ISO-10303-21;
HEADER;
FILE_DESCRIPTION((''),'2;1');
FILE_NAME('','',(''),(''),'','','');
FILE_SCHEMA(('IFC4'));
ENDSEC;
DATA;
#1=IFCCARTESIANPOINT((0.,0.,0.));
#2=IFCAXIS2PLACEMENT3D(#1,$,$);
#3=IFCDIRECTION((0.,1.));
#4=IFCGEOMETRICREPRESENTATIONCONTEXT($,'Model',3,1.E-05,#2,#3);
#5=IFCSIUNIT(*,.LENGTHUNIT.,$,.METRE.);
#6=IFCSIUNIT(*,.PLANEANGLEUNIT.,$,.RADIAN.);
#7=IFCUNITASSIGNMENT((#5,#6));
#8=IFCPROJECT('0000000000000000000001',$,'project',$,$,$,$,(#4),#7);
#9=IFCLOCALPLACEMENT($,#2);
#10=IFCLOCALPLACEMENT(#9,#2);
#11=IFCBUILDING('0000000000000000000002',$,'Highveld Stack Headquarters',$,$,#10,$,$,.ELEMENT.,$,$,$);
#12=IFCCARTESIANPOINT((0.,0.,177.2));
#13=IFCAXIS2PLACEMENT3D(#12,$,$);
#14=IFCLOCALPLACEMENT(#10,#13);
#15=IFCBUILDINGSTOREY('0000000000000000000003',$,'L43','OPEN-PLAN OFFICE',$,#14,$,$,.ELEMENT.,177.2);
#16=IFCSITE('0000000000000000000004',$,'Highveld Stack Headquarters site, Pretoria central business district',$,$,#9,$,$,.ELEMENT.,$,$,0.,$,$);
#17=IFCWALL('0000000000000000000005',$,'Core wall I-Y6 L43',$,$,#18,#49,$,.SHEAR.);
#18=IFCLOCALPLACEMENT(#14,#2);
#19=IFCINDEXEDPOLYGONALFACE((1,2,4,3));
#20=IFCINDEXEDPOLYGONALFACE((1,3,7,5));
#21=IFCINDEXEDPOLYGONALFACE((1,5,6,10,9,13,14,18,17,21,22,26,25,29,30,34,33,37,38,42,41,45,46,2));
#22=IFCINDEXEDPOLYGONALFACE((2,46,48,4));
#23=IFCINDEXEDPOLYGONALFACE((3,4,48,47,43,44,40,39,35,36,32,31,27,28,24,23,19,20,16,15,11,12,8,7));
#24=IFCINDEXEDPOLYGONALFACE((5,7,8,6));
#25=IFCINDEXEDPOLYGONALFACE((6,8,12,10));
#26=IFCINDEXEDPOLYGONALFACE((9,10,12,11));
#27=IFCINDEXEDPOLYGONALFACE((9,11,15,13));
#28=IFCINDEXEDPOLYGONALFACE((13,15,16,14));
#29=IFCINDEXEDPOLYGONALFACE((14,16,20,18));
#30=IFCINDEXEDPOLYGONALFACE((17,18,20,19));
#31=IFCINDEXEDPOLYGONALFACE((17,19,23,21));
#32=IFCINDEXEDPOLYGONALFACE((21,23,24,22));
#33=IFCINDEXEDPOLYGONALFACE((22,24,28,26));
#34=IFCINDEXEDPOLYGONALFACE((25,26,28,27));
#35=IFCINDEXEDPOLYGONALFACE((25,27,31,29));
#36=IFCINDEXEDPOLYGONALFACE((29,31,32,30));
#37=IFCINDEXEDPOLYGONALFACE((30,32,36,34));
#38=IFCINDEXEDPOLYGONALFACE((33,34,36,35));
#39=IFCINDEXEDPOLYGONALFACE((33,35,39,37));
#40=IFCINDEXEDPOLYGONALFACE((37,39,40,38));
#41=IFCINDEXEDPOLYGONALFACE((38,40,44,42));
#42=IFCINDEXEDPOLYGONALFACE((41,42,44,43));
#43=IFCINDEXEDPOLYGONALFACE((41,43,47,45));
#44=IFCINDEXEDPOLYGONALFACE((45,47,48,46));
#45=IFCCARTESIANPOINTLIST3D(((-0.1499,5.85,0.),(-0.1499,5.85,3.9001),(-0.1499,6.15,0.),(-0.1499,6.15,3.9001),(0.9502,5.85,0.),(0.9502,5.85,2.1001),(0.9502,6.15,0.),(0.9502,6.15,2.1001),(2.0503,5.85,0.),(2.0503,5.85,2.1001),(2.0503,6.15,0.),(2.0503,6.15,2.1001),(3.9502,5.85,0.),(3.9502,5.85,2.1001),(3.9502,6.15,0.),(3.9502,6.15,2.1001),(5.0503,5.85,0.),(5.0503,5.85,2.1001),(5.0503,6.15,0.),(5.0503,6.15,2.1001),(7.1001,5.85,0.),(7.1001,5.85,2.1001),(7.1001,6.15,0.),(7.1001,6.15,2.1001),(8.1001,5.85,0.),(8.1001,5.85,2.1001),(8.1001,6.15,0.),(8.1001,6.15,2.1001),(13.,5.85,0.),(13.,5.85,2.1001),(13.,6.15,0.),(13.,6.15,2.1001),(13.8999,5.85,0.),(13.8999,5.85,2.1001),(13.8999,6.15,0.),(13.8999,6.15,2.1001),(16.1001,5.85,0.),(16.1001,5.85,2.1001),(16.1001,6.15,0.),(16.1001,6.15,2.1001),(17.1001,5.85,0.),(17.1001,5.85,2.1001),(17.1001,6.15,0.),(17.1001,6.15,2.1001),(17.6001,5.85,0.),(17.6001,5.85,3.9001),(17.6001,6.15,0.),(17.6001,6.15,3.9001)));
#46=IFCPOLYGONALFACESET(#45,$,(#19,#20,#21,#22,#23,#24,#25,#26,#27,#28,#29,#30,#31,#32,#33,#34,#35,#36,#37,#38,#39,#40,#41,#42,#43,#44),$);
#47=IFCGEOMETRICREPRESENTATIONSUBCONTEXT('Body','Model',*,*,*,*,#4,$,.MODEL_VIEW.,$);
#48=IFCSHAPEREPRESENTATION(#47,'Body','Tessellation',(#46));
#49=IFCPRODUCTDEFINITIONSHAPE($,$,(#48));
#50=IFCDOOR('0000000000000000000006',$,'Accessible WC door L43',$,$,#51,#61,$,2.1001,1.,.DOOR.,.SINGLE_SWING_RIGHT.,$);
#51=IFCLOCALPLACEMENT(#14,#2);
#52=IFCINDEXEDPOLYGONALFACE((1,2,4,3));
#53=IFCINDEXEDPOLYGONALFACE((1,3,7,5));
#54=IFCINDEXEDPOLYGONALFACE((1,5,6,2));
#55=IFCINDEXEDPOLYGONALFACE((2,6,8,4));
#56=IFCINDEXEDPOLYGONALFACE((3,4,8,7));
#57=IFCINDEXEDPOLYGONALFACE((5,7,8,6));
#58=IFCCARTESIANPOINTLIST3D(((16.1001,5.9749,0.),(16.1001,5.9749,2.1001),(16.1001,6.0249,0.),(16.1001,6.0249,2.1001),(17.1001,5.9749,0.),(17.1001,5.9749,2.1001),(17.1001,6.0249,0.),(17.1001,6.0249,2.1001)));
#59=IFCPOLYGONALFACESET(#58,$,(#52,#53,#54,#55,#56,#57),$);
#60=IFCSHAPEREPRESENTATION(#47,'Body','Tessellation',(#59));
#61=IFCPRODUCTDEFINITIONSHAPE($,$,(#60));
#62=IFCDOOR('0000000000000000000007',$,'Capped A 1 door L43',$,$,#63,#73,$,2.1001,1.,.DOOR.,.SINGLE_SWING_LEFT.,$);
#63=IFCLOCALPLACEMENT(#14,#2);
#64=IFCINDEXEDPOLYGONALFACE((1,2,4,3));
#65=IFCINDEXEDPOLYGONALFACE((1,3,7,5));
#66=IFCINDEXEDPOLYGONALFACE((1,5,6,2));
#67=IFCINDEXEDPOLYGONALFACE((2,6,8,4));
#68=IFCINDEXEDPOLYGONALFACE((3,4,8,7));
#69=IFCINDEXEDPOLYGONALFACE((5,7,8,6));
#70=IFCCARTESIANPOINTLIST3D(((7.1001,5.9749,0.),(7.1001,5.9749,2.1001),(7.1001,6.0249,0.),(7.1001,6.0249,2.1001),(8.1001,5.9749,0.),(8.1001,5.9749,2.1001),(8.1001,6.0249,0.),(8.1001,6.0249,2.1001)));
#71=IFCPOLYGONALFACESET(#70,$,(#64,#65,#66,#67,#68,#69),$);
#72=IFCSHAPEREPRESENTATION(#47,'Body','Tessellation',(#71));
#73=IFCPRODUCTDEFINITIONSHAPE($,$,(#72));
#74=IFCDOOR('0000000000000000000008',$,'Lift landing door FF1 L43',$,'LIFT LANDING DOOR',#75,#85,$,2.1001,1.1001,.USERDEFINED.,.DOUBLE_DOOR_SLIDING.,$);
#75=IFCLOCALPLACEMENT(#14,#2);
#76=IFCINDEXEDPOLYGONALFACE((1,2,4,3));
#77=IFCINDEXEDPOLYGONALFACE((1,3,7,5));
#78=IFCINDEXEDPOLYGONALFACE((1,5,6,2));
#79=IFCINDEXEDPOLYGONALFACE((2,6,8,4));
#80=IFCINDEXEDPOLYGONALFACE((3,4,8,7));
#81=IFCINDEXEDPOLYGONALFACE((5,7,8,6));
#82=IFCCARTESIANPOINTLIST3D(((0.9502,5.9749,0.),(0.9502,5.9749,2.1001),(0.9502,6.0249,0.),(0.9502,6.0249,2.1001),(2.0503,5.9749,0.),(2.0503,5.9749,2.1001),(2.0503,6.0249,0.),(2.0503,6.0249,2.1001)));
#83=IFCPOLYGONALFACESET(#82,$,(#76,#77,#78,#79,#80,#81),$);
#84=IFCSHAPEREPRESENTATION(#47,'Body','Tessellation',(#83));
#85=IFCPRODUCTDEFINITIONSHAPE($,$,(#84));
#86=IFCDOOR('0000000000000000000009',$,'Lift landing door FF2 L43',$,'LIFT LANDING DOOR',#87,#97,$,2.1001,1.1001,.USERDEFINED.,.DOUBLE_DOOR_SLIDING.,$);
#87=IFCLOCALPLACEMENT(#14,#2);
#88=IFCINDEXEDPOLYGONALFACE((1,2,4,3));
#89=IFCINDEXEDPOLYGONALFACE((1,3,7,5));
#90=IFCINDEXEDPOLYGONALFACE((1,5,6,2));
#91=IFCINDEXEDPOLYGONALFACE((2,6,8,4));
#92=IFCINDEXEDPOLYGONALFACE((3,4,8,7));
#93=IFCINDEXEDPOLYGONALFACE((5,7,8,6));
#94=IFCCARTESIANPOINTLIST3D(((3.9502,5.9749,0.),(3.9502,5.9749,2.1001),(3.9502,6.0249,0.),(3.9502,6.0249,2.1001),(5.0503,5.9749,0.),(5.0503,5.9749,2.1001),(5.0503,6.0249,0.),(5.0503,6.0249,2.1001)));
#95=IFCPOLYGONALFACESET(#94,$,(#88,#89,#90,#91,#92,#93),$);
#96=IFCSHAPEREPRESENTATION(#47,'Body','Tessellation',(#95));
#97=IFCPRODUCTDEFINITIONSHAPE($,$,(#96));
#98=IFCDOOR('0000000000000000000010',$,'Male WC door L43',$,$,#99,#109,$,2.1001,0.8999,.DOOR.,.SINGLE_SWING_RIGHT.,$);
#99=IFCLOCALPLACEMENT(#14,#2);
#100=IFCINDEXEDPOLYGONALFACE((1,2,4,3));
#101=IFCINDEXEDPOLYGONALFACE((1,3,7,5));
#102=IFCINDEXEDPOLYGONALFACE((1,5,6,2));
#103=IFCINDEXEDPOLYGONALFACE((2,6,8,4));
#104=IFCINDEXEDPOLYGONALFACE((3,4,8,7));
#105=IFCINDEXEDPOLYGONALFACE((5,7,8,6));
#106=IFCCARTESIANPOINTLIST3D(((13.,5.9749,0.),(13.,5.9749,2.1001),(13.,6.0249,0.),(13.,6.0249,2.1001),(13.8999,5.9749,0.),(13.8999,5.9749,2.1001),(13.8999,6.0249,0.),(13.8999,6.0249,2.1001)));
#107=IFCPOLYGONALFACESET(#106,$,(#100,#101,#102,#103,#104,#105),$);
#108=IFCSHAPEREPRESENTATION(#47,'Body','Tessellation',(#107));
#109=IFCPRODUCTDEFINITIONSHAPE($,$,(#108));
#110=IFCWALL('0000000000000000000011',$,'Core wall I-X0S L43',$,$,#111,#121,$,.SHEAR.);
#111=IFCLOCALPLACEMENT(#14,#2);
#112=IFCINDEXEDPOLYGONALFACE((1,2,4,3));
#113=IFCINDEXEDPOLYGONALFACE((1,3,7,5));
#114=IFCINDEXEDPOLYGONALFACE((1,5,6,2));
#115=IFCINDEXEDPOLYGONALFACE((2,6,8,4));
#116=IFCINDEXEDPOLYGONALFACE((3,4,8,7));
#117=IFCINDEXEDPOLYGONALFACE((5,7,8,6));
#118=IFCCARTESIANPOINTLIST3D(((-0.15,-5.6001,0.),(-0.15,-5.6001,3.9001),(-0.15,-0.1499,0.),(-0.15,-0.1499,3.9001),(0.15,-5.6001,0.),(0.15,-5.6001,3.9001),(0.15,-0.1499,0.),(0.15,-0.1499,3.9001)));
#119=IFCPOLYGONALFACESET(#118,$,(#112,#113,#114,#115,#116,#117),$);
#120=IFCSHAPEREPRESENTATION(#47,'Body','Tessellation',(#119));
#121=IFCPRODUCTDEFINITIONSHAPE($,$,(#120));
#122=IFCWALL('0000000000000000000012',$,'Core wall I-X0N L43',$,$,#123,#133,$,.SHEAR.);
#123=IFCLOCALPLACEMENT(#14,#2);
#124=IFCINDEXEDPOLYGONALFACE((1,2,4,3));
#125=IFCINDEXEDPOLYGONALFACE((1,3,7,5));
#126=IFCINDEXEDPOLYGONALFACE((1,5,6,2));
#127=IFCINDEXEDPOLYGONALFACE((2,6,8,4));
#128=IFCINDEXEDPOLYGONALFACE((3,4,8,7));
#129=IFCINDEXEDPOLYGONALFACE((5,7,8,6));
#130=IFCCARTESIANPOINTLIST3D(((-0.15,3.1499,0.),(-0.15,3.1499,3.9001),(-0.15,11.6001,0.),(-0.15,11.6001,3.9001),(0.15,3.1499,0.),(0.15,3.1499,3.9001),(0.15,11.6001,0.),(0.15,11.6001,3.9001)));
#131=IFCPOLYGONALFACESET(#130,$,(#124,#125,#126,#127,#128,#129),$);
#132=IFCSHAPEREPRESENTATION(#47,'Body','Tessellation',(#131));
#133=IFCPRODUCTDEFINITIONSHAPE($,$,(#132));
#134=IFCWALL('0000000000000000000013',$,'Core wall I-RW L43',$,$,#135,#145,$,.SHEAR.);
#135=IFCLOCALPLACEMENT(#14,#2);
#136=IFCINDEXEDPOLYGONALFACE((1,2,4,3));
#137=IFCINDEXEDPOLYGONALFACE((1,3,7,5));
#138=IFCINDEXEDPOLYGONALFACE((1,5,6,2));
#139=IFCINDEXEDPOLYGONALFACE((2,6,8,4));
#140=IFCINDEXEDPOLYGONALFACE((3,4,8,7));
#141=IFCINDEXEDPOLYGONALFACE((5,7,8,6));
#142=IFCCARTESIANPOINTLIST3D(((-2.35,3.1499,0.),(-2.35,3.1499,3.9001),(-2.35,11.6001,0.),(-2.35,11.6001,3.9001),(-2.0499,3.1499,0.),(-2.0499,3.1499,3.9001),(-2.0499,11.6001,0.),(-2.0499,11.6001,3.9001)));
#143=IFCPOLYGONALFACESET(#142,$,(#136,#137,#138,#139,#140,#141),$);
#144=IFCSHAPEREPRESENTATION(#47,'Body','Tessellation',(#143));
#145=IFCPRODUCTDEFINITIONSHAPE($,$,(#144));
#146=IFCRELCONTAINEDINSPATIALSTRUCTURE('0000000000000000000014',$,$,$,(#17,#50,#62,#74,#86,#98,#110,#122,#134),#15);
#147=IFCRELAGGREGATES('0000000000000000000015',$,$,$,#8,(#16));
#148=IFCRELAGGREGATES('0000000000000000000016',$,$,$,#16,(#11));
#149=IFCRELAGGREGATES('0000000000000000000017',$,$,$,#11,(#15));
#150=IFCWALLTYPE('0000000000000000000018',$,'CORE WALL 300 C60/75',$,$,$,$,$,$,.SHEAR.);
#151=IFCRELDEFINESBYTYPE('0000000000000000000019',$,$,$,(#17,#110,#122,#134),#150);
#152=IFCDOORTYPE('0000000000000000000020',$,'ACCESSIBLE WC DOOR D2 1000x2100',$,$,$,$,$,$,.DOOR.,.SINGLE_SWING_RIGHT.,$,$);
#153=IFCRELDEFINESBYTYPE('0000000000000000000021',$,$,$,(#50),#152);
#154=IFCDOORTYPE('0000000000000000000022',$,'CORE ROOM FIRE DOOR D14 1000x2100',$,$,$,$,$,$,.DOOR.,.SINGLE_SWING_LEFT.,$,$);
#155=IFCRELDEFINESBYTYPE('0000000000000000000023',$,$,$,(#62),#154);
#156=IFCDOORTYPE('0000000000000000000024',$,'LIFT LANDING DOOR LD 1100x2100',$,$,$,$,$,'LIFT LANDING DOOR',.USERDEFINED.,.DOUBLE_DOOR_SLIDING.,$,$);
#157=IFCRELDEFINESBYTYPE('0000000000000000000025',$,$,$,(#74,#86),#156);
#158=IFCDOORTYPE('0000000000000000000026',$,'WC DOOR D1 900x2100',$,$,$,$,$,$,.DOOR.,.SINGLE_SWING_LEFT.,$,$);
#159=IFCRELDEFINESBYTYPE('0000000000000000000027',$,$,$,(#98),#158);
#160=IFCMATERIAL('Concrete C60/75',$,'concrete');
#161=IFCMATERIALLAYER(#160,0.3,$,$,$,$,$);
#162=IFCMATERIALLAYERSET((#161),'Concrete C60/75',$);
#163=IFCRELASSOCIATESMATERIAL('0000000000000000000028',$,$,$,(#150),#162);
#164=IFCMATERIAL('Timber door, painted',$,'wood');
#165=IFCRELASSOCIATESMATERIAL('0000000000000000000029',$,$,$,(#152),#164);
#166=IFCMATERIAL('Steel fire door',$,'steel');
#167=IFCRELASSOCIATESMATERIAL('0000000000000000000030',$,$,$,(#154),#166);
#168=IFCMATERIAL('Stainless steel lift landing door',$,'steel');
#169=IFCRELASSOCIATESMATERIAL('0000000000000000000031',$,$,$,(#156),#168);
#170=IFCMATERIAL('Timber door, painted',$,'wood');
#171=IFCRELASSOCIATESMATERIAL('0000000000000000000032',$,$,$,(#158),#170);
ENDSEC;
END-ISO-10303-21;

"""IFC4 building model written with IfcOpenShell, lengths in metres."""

from ifc_helpers import new_model, si_unit, direction, frame, frame_2d, origin, place, context, subcontext, project, spatial, rectangle, extrude, material, layer, layer_set, type_object, element, fill, save


model = new_model("IFC4")

# Units and contexts
model_context = context("Model", 3, precision=1e-05, world=origin(), true_north=direction((0.0, 1.0)))
body_context = subcontext(model_context, "Body", "Model", "MODEL_VIEW")
ifc_project = project(units=[si_unit("LENGTHUNIT", "METRE"), si_unit("PLANEANGLEUNIT", "RADIAN")], contexts=[model_context])

# Site, building, storey
site_placement = place(None, origin())
site = spatial("IfcSite", under=ifc_project, at=site_placement, Name="Highveld Stack Headquarters site, Pretoria central business district", CompositionType="ELEMENT", RefElevation=0.0)
building_placement = place(site_placement, origin())
building = spatial("IfcBuilding", under=site, at=building_placement, Name="Highveld Stack Headquarters", CompositionType="ELEMENT")
storey_placement = place(building_placement, frame((0.0, 0.0, 177.2)))
storey = spatial("IfcBuildingStorey", under=building, at=storey_placement, Name="L43", Description="OPEN-PLAN OFFICE", CompositionType="ELEMENT", Elevation=177.2)

# Wall, openings, doors
ifc_material_1 = material(Name="Concrete C60/75", Category="concrete")
ifc_layer_1 = layer(ifc_material_1, 0.3)
ifc_layer_set_1 = layer_set([ifc_layer_1], Name="Concrete C60/75")
wall_type_1 = type_object("IfcWallType", Name="CORE WALL 300 C60/75", PredefinedType="SHEAR", material=ifc_layer_set_1)
wall_1_placement = place(storey_placement, frame((-0.1499, 6.0, 0.0), z_axis=(0.0, 0.0, 1.0), x_axis=(1.0, 0.0, 0.0)))
wall_1 = element("IfcWall", 1, at=wall_1_placement, inside=storey, type_object=wall_type_1, Name="Core wall I-Y6 L43", PredefinedType="SHEAR", context=body_context, shape_type="SweptSolid", body=[
    extrude(rectangle(XDim=17.75, YDim=0.3, at=frame_2d((8.875, 0.0))), origin(), (0.0, 0.0, 1.0), 3.9001),
])
opening_1_placement = place(wall_1_placement, frame((13.1499, 0.0, 0.0)))
opening_1 = element("IfcOpeningElement", 2, at=opening_1_placement, cuts=wall_1, PredefinedType="OPENING", context=body_context, shape_type="SweptSolid", body=[
    extrude(rectangle(XDim=0.8999, YDim=2.1001, at=frame_2d((0.45, 1.05))), frame((0.0, 0.1599, 0.0), z_axis=(0.0, -1.0, 0.0), x_axis=(1.0, 0.0, 0.0)), (0.0, 0.0, 1.0), 0.3201),
])
opening_2_placement = place(wall_1_placement, frame((16.25, 0.0, 0.0)))
opening_2 = element("IfcOpeningElement", 3, at=opening_2_placement, cuts=wall_1, PredefinedType="OPENING", context=body_context, shape_type="SweptSolid", body=[
    extrude(rectangle(XDim=1.0, YDim=2.1001, at=frame_2d((0.5, 1.05))), frame((0.0, 0.1599, 0.0), z_axis=(0.0, -1.0, 0.0), x_axis=(1.0, 0.0, 0.0)), (0.0, 0.0, 1.0), 0.3201),
])
opening_3_placement = place(wall_1_placement, frame((7.25, 0.0, 0.0)))
opening_3 = element("IfcOpeningElement", 4, at=opening_3_placement, cuts=wall_1, PredefinedType="OPENING", context=body_context, shape_type="SweptSolid", body=[
    extrude(rectangle(XDim=1.0, YDim=2.1001, at=frame_2d((0.5, 1.05))), frame((0.0, 0.1599, 0.0), z_axis=(0.0, -1.0, 0.0), x_axis=(1.0, 0.0, 0.0)), (0.0, 0.0, 1.0), 0.3201),
])
opening_4_placement = place(wall_1_placement, frame((1.1001, 0.0, 0.0)))
opening_4 = element("IfcOpeningElement", 5, at=opening_4_placement, cuts=wall_1, PredefinedType="OPENING", context=body_context, shape_type="SweptSolid", body=[
    extrude(rectangle(XDim=1.1001, YDim=2.1001, at=frame_2d((0.55, 1.05))), frame((0.0, 0.1599, 0.0), z_axis=(0.0, -1.0, 0.0), x_axis=(1.0, 0.0, 0.0)), (0.0, 0.0, 1.0), 0.3201),
])
opening_5_placement = place(wall_1_placement, frame((4.1001, 0.0, 0.0)))
opening_5 = element("IfcOpeningElement", 6, at=opening_5_placement, cuts=wall_1, PredefinedType="OPENING", context=body_context, shape_type="SweptSolid", body=[
    extrude(rectangle(XDim=1.1001, YDim=2.1001, at=frame_2d((0.55, 1.05))), frame((0.0, 0.1599, 0.0), z_axis=(0.0, -1.0, 0.0), x_axis=(1.0, 0.0, 0.0)), (0.0, 0.0, 1.0), 0.3201),
])
ifc_material_2 = material(Name="Timber door, painted", Category="wood")
door_type_1 = type_object("IfcDoorType", Name="ACCESSIBLE WC DOOR D2 1000x2100", OperationType="SINGLE_SWING_RIGHT", PredefinedType="DOOR", material=ifc_material_2)
door_1_placement = place(opening_2_placement, origin())
door_1 = element("IfcDoor", 7, at=door_1_placement, inside=storey, type_object=door_type_1, Name="Accessible WC door L43", OperationType="SINGLE_SWING_RIGHT", OverallHeight=2.1001, OverallWidth=1.0, PredefinedType="DOOR", context=body_context, shape_type="SweptSolid", body=[
    extrude(rectangle(XDim=1.0, YDim=2.1001, at=frame_2d((0.5, 1.05))), frame((0.0, 0.0249, 0.0), z_axis=(0.0, -1.0, 0.0), x_axis=(1.0, 0.0, 0.0)), (0.0, 0.0, 1.0), 0.05),
])
fill(opening_2, door_1)
ifc_material_3 = material(Name="Steel fire door", Category="steel")
door_type_2 = type_object("IfcDoorType", Name="CORE ROOM FIRE DOOR D14 1000x2100", OperationType="SINGLE_SWING_LEFT", PredefinedType="DOOR", material=ifc_material_3)
door_2_placement = place(opening_3_placement, origin())
door_2 = element("IfcDoor", 8, at=door_2_placement, inside=storey, type_object=door_type_2, Name="Capped A 1 door L43", OperationType="SINGLE_SWING_LEFT", OverallHeight=2.1001, OverallWidth=1.0, PredefinedType="DOOR", context=body_context, shape_type="SweptSolid", body=[
    extrude(rectangle(XDim=1.0, YDim=2.1001, at=frame_2d((0.5, 1.05))), frame((0.0, 0.0249, 0.0), z_axis=(0.0, -1.0, 0.0), x_axis=(1.0, 0.0, 0.0)), (0.0, 0.0, 1.0), 0.05),
])
fill(opening_3, door_2)
ifc_material_4 = material(Name="Stainless steel lift landing door", Category="steel")
door_type_3 = type_object("IfcDoorType", Name="LIFT LANDING DOOR LD 1100x2100", ElementType="LIFT LANDING DOOR", OperationType="DOUBLE_DOOR_SLIDING", PredefinedType="USERDEFINED", material=ifc_material_4)
door_3_placement = place(opening_4_placement, origin())
door_3 = element("IfcDoor", 9, at=door_3_placement, inside=storey, type_object=door_type_3, Name="Lift landing door FF1 L43", ObjectType="LIFT LANDING DOOR", OperationType="DOUBLE_DOOR_SLIDING", OverallHeight=2.1001, OverallWidth=1.1001, PredefinedType="USERDEFINED", context=body_context, shape_type="SweptSolid", body=[
    extrude(rectangle(XDim=1.1001, YDim=2.1001, at=frame_2d((0.55, 1.05))), frame((0.0, 0.0249, 0.0), z_axis=(0.0, -1.0, 0.0), x_axis=(1.0, 0.0, 0.0)), (0.0, 0.0, 1.0), 0.05),
])
fill(opening_4, door_3)
door_4_placement = place(opening_5_placement, origin())
door_4 = element("IfcDoor", 10, at=door_4_placement, inside=storey, type_object=door_type_3, Name="Lift landing door FF2 L43", ObjectType="LIFT LANDING DOOR", OperationType="DOUBLE_DOOR_SLIDING", OverallHeight=2.1001, OverallWidth=1.1001, PredefinedType="USERDEFINED", context=body_context, shape_type="SweptSolid", body=[
    extrude(rectangle(XDim=1.1001, YDim=2.1001, at=frame_2d((0.55, 1.05))), frame((0.0, 0.0249, 0.0), z_axis=(0.0, -1.0, 0.0), x_axis=(1.0, 0.0, 0.0)), (0.0, 0.0, 1.0), 0.05),
])
fill(opening_5, door_4)
ifc_material_5 = material(Name="Timber door, painted", Category="wood")
door_type_4 = type_object("IfcDoorType", Name="WC DOOR D1 900x2100", OperationType="SINGLE_SWING_LEFT", PredefinedType="DOOR", material=ifc_material_5)
door_5_placement = place(opening_1_placement, origin())
door_5 = element("IfcDoor", 11, at=door_5_placement, inside=storey, type_object=door_type_4, Name="Male WC door L43", OperationType="SINGLE_SWING_RIGHT", OverallHeight=2.1001, OverallWidth=0.8999, PredefinedType="DOOR", context=body_context, shape_type="SweptSolid", body=[
    extrude(rectangle(XDim=0.8999, YDim=2.1001, at=frame_2d((0.45, 1.05))), frame((0.0, 0.0249, 0.0), z_axis=(0.0, -1.0, 0.0), x_axis=(1.0, 0.0, 0.0)), (0.0, 0.0, 1.0), 0.05),
])
fill(opening_1, door_5)

# Walls
wall_2_placement = place(storey_placement, frame((0.0, -5.6001, 0.0), z_axis=(0.0, 0.0, 1.0), x_axis=(0.0, 1.0, 0.0)))
element("IfcWall", 12, at=wall_2_placement, inside=storey, type_object=wall_type_1, Name="Core wall I-X0S L43", PredefinedType="SHEAR", context=body_context, shape_type="SweptSolid", body=[
    extrude(rectangle(XDim=5.4502, YDim=0.3, at=frame_2d((2.7251, 0.0))), origin(), (0.0, 0.0, 1.0), 3.9001),
])
for number, where, z_axis, x_axis, name in (
    (13, (0.0, 3.1499, 0.0), (0.0, 0.0, 1.0), (0.0, 1.0, 0.0), "Core wall I-X0N L43"),
    (14, (-2.2, 3.1499, 0.0), (0.0, 0.0, 1.0), (0.0, 1.0, 0.0), "Core wall I-RW L43"),
):
    element("IfcWall", number, at=place(storey_placement, frame(where, z_axis=z_axis, x_axis=x_axis)), inside=storey, type_object=wall_type_1, Name=name, PredefinedType="SHEAR", context=body_context, shape_type="SweptSolid", body=[
        extrude(rectangle(XDim=8.4502, YDim=0.3, at=frame_2d((4.2251, 0.0))), origin(), (0.0, 0.0, 1.0), 3.9001),
    ])

save(model, "model.ifc")
